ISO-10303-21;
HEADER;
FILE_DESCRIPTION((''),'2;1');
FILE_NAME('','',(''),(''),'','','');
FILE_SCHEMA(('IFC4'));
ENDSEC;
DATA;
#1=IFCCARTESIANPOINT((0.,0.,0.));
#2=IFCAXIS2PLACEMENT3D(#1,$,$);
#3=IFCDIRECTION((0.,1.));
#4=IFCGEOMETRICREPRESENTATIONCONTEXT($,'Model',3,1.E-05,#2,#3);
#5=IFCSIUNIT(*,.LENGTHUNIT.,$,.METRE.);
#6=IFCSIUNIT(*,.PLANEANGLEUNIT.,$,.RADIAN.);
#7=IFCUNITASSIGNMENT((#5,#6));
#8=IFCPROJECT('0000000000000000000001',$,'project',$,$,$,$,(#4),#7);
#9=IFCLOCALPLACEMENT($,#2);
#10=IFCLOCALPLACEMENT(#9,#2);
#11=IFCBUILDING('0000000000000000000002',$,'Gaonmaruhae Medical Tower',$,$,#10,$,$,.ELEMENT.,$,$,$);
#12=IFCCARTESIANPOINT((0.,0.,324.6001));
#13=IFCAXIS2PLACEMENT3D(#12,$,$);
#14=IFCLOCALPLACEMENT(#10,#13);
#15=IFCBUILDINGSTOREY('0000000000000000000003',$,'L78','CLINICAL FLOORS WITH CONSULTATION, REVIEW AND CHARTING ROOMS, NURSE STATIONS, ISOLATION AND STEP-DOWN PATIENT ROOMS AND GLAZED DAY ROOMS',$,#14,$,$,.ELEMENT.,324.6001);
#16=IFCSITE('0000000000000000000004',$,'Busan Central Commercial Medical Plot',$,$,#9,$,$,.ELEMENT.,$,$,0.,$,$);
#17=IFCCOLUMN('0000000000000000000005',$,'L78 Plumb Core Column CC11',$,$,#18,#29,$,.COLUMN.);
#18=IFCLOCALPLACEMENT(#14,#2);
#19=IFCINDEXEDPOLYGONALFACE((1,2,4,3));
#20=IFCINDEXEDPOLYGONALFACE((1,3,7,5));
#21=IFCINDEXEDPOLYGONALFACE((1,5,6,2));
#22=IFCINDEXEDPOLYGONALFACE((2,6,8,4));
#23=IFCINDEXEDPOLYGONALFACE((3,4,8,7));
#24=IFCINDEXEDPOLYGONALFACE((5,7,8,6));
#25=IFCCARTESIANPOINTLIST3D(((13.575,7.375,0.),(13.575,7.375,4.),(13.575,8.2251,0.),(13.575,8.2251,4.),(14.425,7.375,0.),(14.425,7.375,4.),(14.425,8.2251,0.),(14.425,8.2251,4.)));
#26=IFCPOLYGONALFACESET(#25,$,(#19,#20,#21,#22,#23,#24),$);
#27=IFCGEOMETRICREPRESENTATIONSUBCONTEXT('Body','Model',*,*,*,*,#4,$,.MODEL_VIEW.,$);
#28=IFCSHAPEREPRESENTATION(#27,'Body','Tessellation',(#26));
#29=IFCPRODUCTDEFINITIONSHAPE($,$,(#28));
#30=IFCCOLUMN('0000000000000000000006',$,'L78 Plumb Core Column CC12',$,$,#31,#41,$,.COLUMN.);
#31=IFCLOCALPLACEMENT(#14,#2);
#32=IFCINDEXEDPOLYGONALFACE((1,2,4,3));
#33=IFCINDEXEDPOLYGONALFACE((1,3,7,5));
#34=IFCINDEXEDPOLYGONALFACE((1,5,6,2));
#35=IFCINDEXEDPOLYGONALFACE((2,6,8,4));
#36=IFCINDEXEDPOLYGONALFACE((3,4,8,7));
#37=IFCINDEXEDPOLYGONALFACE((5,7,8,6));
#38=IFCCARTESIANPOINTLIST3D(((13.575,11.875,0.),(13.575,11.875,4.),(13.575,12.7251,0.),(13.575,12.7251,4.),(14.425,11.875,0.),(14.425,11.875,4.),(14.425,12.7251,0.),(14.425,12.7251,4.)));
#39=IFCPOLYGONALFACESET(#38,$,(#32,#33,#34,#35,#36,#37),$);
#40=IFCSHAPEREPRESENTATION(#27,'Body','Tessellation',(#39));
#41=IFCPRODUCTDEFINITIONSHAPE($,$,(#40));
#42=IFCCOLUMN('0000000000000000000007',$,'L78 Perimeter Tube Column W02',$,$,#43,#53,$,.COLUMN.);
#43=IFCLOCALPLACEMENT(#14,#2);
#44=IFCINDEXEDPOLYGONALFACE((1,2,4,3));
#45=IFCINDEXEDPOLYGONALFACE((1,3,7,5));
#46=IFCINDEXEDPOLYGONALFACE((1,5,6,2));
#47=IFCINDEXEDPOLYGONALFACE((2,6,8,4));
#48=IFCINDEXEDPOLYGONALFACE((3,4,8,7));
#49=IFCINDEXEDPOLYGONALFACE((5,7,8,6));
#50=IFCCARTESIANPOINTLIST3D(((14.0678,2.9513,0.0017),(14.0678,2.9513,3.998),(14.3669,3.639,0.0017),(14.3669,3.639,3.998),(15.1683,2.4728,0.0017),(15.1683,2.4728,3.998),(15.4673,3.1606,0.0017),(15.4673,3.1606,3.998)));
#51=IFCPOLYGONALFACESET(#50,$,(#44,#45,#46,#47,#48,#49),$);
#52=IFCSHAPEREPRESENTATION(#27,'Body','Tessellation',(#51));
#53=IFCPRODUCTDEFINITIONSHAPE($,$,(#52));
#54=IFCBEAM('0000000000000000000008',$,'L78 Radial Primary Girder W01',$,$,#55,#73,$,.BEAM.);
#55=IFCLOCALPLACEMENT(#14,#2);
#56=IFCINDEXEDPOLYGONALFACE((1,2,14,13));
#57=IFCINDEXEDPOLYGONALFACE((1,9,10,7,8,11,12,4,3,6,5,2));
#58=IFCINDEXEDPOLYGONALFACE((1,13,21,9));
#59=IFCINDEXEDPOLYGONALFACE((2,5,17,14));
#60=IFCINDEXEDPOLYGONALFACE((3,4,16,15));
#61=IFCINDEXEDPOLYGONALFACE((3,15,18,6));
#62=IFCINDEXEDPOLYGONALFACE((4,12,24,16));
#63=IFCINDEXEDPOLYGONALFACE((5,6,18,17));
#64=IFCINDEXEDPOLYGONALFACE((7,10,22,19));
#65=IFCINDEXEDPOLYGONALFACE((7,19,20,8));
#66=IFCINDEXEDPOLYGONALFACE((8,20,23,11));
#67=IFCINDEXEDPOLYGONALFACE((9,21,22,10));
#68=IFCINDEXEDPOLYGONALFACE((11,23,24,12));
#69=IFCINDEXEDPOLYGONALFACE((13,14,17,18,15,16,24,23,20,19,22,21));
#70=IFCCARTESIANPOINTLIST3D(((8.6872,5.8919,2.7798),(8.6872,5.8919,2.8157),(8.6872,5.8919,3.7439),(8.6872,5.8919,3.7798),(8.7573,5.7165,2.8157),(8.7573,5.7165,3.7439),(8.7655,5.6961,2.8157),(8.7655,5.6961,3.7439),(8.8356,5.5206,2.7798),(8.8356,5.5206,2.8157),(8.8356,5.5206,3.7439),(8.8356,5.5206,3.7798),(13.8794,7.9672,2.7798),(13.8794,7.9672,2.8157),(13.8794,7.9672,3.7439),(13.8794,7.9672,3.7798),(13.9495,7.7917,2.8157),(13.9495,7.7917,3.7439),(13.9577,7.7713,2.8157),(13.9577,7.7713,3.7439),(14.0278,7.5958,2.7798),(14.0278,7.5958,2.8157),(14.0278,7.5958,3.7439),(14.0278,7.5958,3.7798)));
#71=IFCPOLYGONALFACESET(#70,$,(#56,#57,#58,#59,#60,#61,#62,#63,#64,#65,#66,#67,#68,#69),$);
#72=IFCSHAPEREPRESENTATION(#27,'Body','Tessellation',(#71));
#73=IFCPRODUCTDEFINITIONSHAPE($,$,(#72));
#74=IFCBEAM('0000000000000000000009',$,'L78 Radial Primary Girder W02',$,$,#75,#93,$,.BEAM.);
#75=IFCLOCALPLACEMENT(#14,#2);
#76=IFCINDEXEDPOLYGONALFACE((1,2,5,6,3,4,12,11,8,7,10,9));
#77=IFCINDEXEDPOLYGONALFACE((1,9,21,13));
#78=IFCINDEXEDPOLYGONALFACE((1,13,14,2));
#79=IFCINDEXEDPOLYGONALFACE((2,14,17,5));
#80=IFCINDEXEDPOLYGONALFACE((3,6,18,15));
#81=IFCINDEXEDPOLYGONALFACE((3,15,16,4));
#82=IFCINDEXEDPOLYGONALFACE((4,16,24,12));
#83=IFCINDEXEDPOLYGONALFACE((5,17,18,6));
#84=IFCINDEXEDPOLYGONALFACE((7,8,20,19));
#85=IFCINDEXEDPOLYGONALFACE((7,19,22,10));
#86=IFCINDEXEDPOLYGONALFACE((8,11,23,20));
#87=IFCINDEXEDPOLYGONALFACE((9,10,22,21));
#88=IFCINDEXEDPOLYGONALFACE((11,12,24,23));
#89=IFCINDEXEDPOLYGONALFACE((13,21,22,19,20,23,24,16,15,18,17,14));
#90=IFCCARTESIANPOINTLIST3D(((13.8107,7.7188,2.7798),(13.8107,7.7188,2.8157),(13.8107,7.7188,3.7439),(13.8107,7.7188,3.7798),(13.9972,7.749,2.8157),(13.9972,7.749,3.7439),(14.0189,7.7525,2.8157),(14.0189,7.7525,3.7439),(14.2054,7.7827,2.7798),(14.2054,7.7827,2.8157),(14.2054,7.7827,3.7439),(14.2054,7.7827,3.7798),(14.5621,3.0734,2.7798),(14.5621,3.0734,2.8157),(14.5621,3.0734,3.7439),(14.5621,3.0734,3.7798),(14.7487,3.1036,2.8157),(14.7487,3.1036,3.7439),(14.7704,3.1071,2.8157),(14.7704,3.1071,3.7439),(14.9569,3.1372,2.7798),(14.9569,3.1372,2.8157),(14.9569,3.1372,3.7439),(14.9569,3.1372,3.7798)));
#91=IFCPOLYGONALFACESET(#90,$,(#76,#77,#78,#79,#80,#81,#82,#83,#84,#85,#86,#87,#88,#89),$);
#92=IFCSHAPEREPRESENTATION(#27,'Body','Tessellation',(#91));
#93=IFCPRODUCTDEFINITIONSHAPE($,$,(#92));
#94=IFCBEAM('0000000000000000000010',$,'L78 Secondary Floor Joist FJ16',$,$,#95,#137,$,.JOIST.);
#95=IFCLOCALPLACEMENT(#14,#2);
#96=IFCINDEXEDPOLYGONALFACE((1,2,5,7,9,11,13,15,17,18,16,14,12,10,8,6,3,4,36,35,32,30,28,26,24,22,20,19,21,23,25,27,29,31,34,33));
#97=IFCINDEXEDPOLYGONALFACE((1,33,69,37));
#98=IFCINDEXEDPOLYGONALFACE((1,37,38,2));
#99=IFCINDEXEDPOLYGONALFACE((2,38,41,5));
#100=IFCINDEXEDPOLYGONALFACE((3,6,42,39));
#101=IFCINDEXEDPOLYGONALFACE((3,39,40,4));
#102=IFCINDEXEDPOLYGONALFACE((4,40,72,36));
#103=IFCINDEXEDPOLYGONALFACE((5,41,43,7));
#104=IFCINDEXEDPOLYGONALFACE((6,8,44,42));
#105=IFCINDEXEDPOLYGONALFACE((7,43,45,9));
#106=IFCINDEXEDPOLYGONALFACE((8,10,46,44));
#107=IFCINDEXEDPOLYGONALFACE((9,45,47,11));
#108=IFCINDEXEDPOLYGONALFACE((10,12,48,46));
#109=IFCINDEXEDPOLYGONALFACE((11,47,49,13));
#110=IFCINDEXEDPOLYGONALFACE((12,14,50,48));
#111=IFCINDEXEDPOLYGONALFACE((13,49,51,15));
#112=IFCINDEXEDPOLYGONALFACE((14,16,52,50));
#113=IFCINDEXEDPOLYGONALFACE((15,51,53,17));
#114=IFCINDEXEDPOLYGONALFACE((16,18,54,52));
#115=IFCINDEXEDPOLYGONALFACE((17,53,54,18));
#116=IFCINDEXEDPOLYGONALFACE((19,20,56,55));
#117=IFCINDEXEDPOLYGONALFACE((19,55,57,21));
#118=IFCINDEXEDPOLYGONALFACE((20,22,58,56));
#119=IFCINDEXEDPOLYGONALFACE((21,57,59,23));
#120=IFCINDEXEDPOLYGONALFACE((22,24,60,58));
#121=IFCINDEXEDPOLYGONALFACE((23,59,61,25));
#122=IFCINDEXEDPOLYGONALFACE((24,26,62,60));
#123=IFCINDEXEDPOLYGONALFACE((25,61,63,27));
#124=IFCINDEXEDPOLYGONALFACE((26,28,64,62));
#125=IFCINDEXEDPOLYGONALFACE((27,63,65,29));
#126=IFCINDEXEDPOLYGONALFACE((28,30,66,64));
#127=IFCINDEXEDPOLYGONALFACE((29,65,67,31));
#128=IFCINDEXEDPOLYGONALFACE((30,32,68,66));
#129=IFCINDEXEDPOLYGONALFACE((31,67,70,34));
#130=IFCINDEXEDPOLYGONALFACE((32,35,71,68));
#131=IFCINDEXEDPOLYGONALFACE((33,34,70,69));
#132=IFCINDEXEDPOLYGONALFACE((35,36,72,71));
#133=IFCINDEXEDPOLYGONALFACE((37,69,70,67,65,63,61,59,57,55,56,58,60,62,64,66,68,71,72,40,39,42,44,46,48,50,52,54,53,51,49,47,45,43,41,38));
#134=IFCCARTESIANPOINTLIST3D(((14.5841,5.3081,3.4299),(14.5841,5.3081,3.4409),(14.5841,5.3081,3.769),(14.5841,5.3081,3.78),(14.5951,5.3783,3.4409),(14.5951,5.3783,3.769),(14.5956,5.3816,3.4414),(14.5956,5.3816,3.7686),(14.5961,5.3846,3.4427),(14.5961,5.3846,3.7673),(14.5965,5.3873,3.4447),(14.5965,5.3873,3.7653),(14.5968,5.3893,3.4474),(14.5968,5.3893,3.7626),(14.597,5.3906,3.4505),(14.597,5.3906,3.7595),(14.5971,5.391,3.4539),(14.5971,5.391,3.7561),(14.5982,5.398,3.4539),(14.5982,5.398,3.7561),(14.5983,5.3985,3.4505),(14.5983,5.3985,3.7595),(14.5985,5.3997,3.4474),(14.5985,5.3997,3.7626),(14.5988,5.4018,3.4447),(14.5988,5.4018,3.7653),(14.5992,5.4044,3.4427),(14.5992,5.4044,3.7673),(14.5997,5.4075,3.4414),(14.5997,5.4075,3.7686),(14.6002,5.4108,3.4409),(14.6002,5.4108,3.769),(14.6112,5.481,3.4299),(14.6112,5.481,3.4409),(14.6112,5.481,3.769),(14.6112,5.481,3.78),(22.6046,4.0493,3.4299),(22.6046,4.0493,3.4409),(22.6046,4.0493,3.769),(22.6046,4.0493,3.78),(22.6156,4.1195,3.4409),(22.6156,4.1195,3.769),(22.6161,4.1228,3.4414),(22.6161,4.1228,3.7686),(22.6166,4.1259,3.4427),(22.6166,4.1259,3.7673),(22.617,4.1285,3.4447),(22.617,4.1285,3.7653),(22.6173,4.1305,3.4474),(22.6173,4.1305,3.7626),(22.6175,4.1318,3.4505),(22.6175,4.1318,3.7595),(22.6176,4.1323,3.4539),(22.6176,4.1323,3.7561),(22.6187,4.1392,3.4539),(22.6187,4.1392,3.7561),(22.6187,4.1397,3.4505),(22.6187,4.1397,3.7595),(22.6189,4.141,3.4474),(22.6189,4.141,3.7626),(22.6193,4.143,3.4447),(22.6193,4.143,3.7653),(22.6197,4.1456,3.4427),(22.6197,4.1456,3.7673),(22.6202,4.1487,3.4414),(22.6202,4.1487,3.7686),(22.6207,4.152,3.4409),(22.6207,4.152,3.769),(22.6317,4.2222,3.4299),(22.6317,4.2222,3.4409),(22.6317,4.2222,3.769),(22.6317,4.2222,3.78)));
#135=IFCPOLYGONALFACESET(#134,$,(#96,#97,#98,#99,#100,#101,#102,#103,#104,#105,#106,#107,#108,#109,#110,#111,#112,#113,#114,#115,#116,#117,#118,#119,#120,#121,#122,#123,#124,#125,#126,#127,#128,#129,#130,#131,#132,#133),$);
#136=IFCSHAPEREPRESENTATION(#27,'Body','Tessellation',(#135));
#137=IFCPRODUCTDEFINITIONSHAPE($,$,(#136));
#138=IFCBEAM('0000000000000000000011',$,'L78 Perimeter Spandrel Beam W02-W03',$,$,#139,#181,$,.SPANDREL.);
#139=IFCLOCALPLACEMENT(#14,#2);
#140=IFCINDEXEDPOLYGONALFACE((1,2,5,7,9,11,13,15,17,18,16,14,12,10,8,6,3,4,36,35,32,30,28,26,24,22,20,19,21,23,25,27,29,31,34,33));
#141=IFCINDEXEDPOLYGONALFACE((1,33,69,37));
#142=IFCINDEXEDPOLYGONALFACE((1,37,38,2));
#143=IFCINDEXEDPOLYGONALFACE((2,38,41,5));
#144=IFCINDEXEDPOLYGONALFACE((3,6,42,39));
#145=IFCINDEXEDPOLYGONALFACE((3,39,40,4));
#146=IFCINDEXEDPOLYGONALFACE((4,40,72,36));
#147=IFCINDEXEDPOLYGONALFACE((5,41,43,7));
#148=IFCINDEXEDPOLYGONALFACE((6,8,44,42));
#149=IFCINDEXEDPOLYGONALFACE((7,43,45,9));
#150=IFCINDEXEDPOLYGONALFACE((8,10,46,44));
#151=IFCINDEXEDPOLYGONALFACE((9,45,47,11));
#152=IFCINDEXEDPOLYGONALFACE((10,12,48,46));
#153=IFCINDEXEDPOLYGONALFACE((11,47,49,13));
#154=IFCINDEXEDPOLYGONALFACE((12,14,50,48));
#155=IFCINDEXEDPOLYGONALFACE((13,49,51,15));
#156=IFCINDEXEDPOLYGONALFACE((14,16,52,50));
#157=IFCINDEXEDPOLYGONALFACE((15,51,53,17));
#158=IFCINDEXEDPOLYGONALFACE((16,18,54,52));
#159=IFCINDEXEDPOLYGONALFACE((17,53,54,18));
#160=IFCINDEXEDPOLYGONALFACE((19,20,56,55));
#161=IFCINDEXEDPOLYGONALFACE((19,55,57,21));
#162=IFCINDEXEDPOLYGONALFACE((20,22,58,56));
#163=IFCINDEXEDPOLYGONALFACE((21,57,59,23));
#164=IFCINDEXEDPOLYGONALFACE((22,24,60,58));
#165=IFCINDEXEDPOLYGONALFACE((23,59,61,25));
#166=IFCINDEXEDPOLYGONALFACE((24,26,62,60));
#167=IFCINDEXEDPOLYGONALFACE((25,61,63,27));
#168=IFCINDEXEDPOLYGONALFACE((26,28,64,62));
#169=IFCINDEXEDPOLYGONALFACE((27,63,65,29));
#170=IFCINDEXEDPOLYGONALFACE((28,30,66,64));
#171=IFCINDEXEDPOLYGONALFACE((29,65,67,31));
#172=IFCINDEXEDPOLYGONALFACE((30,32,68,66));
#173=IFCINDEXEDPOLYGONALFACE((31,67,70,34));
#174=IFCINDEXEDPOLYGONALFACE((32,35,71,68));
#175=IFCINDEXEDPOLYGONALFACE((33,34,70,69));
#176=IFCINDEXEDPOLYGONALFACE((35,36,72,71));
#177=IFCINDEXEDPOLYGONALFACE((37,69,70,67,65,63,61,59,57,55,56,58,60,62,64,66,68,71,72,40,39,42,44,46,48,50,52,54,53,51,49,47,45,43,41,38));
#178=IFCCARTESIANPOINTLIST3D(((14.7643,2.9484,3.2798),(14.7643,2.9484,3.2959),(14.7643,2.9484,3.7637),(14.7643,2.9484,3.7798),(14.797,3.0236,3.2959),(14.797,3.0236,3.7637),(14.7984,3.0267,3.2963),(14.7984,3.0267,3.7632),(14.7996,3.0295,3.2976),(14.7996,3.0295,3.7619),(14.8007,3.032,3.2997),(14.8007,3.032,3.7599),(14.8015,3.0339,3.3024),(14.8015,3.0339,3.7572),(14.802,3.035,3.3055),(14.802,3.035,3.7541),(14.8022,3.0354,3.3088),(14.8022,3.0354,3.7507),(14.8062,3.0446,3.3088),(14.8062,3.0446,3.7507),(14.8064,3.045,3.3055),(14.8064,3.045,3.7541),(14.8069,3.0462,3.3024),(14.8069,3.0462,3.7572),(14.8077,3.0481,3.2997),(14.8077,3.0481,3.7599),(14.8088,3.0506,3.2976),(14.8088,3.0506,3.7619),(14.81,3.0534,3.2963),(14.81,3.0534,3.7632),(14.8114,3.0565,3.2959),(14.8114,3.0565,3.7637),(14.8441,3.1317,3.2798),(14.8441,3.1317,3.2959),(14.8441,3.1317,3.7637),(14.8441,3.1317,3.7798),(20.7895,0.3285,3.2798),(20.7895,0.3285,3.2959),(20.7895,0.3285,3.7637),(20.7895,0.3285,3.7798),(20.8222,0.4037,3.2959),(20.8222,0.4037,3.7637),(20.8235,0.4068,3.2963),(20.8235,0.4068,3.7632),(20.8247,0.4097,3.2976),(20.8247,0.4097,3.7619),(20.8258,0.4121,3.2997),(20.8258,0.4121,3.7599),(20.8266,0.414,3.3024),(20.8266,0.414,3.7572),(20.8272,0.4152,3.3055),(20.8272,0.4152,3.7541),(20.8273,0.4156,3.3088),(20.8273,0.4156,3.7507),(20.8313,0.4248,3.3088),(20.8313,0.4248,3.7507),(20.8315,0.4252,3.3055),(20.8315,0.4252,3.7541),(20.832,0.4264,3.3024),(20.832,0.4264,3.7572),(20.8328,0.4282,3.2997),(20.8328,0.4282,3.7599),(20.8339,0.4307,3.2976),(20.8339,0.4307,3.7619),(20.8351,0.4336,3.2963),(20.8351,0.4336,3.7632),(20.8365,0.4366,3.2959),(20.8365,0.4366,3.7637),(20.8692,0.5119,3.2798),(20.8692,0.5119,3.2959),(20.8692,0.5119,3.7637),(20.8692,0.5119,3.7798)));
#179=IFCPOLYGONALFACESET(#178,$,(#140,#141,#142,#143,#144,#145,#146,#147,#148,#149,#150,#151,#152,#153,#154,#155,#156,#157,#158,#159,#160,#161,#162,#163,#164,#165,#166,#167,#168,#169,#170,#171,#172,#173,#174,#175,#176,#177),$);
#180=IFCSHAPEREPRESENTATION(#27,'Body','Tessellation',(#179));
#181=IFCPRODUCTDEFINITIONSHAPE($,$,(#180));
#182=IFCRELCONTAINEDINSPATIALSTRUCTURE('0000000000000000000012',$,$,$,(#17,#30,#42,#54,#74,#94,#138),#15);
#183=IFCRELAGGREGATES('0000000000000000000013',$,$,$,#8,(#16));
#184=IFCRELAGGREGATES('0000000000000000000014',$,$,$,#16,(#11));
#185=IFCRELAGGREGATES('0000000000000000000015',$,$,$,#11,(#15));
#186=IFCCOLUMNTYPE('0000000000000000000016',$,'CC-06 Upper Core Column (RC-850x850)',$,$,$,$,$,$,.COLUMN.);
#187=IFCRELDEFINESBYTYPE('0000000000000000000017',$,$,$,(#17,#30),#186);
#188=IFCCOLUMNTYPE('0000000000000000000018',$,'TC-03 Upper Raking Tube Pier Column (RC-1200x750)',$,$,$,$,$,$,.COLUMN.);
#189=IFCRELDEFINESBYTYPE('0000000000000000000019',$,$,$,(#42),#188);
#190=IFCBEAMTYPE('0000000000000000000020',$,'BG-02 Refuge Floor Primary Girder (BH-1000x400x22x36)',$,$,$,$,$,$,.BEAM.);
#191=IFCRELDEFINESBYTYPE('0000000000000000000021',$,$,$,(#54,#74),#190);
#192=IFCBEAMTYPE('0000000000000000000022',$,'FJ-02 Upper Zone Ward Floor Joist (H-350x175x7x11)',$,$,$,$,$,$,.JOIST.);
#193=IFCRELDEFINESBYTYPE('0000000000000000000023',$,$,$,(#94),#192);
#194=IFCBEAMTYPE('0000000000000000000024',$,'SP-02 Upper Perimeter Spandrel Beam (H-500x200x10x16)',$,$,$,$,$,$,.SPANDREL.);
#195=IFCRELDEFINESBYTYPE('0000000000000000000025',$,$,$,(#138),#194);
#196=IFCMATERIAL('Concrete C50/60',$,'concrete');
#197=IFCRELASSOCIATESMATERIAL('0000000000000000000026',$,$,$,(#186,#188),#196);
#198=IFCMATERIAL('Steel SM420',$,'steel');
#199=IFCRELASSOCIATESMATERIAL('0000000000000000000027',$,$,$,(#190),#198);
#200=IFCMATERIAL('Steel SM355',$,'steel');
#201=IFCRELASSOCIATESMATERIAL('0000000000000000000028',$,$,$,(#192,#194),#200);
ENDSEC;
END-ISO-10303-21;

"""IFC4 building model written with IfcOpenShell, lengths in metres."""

from ifc_helpers import new_model, si_unit, direction, frame, origin, origin_2d, place, context, subcontext, project, spatial, rectangle, i_section, extrude, material, material_profile, profile_set, type_object, element, save


model = new_model("IFC4")

# Units and contexts
model_context = context("Model", 3, precision=1e-05, world=origin(), true_north=direction((0.0, 1.0)))
body_context = subcontext(model_context, "Body", "Model", "MODEL_VIEW")
ifc_project = project(units=[si_unit("LENGTHUNIT", "METRE"), si_unit("PLANEANGLEUNIT", "RADIAN")], contexts=[model_context])

# Site, building, storey
site_placement = place(None, origin())
site = spatial("IfcSite", under=ifc_project, at=site_placement, Name="Busan Central Commercial Medical Plot", CompositionType="ELEMENT", RefElevation=0.0)
building_placement = place(site_placement, origin())
building = spatial("IfcBuilding", under=site, at=building_placement, Name="Gaonmaruhae Medical Tower", CompositionType="ELEMENT")
storey_placement = place(building_placement, frame((0.0, 0.0, 324.6001)))
storey = spatial("IfcBuildingStorey", under=building, at=storey_placement, Name="L78", Description="CLINICAL FLOORS WITH CONSULTATION, REVIEW AND CHARTING ROOMS, NURSE STATIONS, ISOLATION AND STEP-DOWN PATIENT ROOMS AND GLAZED DAY ROOMS", CompositionType="ELEMENT", Elevation=324.6001)

# Columns
ifc_material_1 = material(Name="Concrete C50/60", Category="concrete")
ifc_material_profile_1 = material_profile(ifc_material_1, rectangle(XDim=0.8501, YDim=0.8501, at=origin_2d()), Name="RC-850x850")
ifc_profile_set_1 = profile_set([ifc_material_profile_1], Name="Concrete C50/60")
column_type_1 = type_object("IfcColumnType", Name="CC-06 Upper Core Column (RC-850x850)", PredefinedType="COLUMN", material=ifc_profile_set_1)
for number, where, z_axis, x_axis, name in (
    (1, (14.0, 7.8, 0.0), (0.0, 0.0, 1.0), (1.0, 0.0, 0.0), "L78 Plumb Core Column CC11"),
    (2, (14.0, 12.3, 0.0), (0.0, 0.0, 1.0), (1.0, 0.0, 0.0), "L78 Plumb Core Column CC12"),
):
    element("IfcColumn", number, at=place(storey_placement, frame(where, z_axis=z_axis, x_axis=x_axis)), inside=storey, type_object=column_type_1, Name=name, PredefinedType="COLUMN", context=body_context, shape_type="SweptSolid", body=[
        extrude(rectangle(XDim=0.8501, YDim=0.8501, at=origin_2d()), origin(), (0.0, 0.0, 1.0), 4.0),
    ])
ifc_material_profile_2 = material_profile(ifc_material_1, rectangle(XDim=1.2, YDim=0.75, at=origin_2d()), Name="RC-1200x750")
ifc_profile_set_2 = profile_set([ifc_material_profile_2], Name="Concrete C50/60")
column_type_2 = type_object("IfcColumnType", Name="TC-03 Upper Raking Tube Pier Column (RC-1200x750)", PredefinedType="COLUMN", material=ifc_profile_set_2)
column_placement = place(storey_placement, frame((14.7676, 3.0559, 0.0017), z_axis=(0.0, 0.0, 1.0), x_axis=(-0.91706, 0.398749, 0.0)))
element("IfcColumn", 3, at=column_placement, inside=storey, type_object=column_type_2, Name="L78 Perimeter Tube Column W02", PredefinedType="COLUMN", context=body_context, shape_type="SweptSolid", body=[
    extrude(rectangle(XDim=1.2, YDim=0.75, at=origin_2d()), origin(), (0.0, 0.0, 1.0), 3.9963),
])

# Beams
ifc_material_2 = material(Name="Steel SM420", Category="steel")
ifc_material_profile_3 = material_profile(ifc_material_2, i_section(OverallWidth=0.3999, OverallDepth=1.0, WebThickness=0.022, FlangeThickness=0.0359, at=origin_2d()), Name="BH-1000x400x22x36")
ifc_profile_set_3 = profile_set([ifc_material_profile_3], Name="Steel SM420")
beam_type_1 = type_object("IfcBeamType", Name="BG-02 Refuge Floor Primary Girder (BH-1000x400x22x36)", PredefinedType="BEAM", material=ifc_profile_set_3)
beam_1_placement = place(storey_placement, frame((13.9536, 7.7815, 3.2798), z_axis=(-0.928579, -0.371135, 0.0), x_axis=(0.371135, -0.928579, 0.0)))
element("IfcBeam", 4, at=beam_1_placement, inside=storey, type_object=beam_type_1, Name="L78 Radial Primary Girder W01", PredefinedType="BEAM", context=body_context, shape_type="SweptSolid", body=[
    extrude(i_section(OverallWidth=0.3999, OverallDepth=1.0, WebThickness=0.022, FlangeThickness=0.0359, at=origin_2d()), origin(), (0.0, 0.0, 1.0), 5.5916),
])
beam_2_placement = place(storey_placement, frame((14.0081, 7.7507, 3.2798), z_axis=(0.159686, -0.987168, 0.0), x_axis=(0.987168, 0.159686, 0.0)))
element("IfcBeam", 5, at=beam_2_placement, inside=storey, type_object=beam_type_1, Name="L78 Radial Primary Girder W02", PredefinedType="BEAM", context=body_context, shape_type="SweptSolid", body=[
    extrude(i_section(OverallWidth=0.3999, OverallDepth=1.0, WebThickness=0.022, FlangeThickness=0.0359, at=origin_2d()), origin(), (0.0, 0.0, 1.0), 4.7058),
])
ifc_material_3 = material(Name="Steel SM355", Category="steel")
ifc_material_profile_4 = material_profile(ifc_material_3, i_section(OverallWidth=0.175, OverallDepth=0.3501, WebThickness=0.0071, FlangeThickness=0.011, FilletRadius=0.0129, at=origin_2d()), Name="H-350x175x7x11")
ifc_profile_set_4 = profile_set([ifc_material_profile_4], Name="Steel SM355")
beam_type_2 = type_object("IfcBeamType", Name="FJ-02 Upper Zone Ward Floor Joist (H-350x175x7x11)", PredefinedType="JOIST", material=ifc_profile_set_4)
beam_3_placement = place(storey_placement, frame((14.5977, 5.3945, 3.605), z_axis=(0.987907, -0.155048, 0.0), x_axis=(0.155048, 0.987907, 0.0)))
element("IfcBeam", 6, at=beam_3_placement, inside=storey, type_object=beam_type_2, Name="L78 Secondary Floor Joist FJ16", PredefinedType="JOIST", context=body_context, shape_type="SweptSolid", body=[
    extrude(i_section(OverallWidth=0.175, OverallDepth=0.3501, WebThickness=0.0071, FlangeThickness=0.011, FilletRadius=0.0129, at=origin_2d()), origin(), (0.0, 0.0, 1.0), 8.1187),
])
ifc_material_profile_5 = material_profile(ifc_material_3, i_section(OverallWidth=0.2, OverallDepth=0.5, WebThickness=0.01, FlangeThickness=0.0161, FilletRadius=0.0129, at=origin_2d()), Name="H-500x200x10x16")
ifc_profile_set_5 = profile_set([ifc_material_profile_5], Name="Steel SM355")
beam_type_3 = type_object("IfcBeamType", Name="SP-02 Upper Perimeter Spandrel Beam (H-500x200x10x16)", PredefinedType="SPANDREL", material=ifc_profile_set_5)
beam_4_placement = place(storey_placement, frame((14.8042, 3.04, 3.5298), z_axis=(0.917056, -0.398757, 0.0), x_axis=(0.398757, 0.917056, 0.0)))
element("IfcBeam", 7, at=beam_4_placement, inside=storey, type_object=beam_type_3, Name="L78 Perimeter Spandrel Beam W02-W03", PredefinedType="SPANDREL", context=body_context, shape_type="SweptSolid", body=[
    extrude(i_section(OverallWidth=0.2, OverallDepth=0.5, WebThickness=0.01, FlangeThickness=0.0161, FilletRadius=0.0129, at=origin_2d()), origin(), (0.0, 0.0, 1.0), 6.5701),
])

save(model, "model.ifc")
